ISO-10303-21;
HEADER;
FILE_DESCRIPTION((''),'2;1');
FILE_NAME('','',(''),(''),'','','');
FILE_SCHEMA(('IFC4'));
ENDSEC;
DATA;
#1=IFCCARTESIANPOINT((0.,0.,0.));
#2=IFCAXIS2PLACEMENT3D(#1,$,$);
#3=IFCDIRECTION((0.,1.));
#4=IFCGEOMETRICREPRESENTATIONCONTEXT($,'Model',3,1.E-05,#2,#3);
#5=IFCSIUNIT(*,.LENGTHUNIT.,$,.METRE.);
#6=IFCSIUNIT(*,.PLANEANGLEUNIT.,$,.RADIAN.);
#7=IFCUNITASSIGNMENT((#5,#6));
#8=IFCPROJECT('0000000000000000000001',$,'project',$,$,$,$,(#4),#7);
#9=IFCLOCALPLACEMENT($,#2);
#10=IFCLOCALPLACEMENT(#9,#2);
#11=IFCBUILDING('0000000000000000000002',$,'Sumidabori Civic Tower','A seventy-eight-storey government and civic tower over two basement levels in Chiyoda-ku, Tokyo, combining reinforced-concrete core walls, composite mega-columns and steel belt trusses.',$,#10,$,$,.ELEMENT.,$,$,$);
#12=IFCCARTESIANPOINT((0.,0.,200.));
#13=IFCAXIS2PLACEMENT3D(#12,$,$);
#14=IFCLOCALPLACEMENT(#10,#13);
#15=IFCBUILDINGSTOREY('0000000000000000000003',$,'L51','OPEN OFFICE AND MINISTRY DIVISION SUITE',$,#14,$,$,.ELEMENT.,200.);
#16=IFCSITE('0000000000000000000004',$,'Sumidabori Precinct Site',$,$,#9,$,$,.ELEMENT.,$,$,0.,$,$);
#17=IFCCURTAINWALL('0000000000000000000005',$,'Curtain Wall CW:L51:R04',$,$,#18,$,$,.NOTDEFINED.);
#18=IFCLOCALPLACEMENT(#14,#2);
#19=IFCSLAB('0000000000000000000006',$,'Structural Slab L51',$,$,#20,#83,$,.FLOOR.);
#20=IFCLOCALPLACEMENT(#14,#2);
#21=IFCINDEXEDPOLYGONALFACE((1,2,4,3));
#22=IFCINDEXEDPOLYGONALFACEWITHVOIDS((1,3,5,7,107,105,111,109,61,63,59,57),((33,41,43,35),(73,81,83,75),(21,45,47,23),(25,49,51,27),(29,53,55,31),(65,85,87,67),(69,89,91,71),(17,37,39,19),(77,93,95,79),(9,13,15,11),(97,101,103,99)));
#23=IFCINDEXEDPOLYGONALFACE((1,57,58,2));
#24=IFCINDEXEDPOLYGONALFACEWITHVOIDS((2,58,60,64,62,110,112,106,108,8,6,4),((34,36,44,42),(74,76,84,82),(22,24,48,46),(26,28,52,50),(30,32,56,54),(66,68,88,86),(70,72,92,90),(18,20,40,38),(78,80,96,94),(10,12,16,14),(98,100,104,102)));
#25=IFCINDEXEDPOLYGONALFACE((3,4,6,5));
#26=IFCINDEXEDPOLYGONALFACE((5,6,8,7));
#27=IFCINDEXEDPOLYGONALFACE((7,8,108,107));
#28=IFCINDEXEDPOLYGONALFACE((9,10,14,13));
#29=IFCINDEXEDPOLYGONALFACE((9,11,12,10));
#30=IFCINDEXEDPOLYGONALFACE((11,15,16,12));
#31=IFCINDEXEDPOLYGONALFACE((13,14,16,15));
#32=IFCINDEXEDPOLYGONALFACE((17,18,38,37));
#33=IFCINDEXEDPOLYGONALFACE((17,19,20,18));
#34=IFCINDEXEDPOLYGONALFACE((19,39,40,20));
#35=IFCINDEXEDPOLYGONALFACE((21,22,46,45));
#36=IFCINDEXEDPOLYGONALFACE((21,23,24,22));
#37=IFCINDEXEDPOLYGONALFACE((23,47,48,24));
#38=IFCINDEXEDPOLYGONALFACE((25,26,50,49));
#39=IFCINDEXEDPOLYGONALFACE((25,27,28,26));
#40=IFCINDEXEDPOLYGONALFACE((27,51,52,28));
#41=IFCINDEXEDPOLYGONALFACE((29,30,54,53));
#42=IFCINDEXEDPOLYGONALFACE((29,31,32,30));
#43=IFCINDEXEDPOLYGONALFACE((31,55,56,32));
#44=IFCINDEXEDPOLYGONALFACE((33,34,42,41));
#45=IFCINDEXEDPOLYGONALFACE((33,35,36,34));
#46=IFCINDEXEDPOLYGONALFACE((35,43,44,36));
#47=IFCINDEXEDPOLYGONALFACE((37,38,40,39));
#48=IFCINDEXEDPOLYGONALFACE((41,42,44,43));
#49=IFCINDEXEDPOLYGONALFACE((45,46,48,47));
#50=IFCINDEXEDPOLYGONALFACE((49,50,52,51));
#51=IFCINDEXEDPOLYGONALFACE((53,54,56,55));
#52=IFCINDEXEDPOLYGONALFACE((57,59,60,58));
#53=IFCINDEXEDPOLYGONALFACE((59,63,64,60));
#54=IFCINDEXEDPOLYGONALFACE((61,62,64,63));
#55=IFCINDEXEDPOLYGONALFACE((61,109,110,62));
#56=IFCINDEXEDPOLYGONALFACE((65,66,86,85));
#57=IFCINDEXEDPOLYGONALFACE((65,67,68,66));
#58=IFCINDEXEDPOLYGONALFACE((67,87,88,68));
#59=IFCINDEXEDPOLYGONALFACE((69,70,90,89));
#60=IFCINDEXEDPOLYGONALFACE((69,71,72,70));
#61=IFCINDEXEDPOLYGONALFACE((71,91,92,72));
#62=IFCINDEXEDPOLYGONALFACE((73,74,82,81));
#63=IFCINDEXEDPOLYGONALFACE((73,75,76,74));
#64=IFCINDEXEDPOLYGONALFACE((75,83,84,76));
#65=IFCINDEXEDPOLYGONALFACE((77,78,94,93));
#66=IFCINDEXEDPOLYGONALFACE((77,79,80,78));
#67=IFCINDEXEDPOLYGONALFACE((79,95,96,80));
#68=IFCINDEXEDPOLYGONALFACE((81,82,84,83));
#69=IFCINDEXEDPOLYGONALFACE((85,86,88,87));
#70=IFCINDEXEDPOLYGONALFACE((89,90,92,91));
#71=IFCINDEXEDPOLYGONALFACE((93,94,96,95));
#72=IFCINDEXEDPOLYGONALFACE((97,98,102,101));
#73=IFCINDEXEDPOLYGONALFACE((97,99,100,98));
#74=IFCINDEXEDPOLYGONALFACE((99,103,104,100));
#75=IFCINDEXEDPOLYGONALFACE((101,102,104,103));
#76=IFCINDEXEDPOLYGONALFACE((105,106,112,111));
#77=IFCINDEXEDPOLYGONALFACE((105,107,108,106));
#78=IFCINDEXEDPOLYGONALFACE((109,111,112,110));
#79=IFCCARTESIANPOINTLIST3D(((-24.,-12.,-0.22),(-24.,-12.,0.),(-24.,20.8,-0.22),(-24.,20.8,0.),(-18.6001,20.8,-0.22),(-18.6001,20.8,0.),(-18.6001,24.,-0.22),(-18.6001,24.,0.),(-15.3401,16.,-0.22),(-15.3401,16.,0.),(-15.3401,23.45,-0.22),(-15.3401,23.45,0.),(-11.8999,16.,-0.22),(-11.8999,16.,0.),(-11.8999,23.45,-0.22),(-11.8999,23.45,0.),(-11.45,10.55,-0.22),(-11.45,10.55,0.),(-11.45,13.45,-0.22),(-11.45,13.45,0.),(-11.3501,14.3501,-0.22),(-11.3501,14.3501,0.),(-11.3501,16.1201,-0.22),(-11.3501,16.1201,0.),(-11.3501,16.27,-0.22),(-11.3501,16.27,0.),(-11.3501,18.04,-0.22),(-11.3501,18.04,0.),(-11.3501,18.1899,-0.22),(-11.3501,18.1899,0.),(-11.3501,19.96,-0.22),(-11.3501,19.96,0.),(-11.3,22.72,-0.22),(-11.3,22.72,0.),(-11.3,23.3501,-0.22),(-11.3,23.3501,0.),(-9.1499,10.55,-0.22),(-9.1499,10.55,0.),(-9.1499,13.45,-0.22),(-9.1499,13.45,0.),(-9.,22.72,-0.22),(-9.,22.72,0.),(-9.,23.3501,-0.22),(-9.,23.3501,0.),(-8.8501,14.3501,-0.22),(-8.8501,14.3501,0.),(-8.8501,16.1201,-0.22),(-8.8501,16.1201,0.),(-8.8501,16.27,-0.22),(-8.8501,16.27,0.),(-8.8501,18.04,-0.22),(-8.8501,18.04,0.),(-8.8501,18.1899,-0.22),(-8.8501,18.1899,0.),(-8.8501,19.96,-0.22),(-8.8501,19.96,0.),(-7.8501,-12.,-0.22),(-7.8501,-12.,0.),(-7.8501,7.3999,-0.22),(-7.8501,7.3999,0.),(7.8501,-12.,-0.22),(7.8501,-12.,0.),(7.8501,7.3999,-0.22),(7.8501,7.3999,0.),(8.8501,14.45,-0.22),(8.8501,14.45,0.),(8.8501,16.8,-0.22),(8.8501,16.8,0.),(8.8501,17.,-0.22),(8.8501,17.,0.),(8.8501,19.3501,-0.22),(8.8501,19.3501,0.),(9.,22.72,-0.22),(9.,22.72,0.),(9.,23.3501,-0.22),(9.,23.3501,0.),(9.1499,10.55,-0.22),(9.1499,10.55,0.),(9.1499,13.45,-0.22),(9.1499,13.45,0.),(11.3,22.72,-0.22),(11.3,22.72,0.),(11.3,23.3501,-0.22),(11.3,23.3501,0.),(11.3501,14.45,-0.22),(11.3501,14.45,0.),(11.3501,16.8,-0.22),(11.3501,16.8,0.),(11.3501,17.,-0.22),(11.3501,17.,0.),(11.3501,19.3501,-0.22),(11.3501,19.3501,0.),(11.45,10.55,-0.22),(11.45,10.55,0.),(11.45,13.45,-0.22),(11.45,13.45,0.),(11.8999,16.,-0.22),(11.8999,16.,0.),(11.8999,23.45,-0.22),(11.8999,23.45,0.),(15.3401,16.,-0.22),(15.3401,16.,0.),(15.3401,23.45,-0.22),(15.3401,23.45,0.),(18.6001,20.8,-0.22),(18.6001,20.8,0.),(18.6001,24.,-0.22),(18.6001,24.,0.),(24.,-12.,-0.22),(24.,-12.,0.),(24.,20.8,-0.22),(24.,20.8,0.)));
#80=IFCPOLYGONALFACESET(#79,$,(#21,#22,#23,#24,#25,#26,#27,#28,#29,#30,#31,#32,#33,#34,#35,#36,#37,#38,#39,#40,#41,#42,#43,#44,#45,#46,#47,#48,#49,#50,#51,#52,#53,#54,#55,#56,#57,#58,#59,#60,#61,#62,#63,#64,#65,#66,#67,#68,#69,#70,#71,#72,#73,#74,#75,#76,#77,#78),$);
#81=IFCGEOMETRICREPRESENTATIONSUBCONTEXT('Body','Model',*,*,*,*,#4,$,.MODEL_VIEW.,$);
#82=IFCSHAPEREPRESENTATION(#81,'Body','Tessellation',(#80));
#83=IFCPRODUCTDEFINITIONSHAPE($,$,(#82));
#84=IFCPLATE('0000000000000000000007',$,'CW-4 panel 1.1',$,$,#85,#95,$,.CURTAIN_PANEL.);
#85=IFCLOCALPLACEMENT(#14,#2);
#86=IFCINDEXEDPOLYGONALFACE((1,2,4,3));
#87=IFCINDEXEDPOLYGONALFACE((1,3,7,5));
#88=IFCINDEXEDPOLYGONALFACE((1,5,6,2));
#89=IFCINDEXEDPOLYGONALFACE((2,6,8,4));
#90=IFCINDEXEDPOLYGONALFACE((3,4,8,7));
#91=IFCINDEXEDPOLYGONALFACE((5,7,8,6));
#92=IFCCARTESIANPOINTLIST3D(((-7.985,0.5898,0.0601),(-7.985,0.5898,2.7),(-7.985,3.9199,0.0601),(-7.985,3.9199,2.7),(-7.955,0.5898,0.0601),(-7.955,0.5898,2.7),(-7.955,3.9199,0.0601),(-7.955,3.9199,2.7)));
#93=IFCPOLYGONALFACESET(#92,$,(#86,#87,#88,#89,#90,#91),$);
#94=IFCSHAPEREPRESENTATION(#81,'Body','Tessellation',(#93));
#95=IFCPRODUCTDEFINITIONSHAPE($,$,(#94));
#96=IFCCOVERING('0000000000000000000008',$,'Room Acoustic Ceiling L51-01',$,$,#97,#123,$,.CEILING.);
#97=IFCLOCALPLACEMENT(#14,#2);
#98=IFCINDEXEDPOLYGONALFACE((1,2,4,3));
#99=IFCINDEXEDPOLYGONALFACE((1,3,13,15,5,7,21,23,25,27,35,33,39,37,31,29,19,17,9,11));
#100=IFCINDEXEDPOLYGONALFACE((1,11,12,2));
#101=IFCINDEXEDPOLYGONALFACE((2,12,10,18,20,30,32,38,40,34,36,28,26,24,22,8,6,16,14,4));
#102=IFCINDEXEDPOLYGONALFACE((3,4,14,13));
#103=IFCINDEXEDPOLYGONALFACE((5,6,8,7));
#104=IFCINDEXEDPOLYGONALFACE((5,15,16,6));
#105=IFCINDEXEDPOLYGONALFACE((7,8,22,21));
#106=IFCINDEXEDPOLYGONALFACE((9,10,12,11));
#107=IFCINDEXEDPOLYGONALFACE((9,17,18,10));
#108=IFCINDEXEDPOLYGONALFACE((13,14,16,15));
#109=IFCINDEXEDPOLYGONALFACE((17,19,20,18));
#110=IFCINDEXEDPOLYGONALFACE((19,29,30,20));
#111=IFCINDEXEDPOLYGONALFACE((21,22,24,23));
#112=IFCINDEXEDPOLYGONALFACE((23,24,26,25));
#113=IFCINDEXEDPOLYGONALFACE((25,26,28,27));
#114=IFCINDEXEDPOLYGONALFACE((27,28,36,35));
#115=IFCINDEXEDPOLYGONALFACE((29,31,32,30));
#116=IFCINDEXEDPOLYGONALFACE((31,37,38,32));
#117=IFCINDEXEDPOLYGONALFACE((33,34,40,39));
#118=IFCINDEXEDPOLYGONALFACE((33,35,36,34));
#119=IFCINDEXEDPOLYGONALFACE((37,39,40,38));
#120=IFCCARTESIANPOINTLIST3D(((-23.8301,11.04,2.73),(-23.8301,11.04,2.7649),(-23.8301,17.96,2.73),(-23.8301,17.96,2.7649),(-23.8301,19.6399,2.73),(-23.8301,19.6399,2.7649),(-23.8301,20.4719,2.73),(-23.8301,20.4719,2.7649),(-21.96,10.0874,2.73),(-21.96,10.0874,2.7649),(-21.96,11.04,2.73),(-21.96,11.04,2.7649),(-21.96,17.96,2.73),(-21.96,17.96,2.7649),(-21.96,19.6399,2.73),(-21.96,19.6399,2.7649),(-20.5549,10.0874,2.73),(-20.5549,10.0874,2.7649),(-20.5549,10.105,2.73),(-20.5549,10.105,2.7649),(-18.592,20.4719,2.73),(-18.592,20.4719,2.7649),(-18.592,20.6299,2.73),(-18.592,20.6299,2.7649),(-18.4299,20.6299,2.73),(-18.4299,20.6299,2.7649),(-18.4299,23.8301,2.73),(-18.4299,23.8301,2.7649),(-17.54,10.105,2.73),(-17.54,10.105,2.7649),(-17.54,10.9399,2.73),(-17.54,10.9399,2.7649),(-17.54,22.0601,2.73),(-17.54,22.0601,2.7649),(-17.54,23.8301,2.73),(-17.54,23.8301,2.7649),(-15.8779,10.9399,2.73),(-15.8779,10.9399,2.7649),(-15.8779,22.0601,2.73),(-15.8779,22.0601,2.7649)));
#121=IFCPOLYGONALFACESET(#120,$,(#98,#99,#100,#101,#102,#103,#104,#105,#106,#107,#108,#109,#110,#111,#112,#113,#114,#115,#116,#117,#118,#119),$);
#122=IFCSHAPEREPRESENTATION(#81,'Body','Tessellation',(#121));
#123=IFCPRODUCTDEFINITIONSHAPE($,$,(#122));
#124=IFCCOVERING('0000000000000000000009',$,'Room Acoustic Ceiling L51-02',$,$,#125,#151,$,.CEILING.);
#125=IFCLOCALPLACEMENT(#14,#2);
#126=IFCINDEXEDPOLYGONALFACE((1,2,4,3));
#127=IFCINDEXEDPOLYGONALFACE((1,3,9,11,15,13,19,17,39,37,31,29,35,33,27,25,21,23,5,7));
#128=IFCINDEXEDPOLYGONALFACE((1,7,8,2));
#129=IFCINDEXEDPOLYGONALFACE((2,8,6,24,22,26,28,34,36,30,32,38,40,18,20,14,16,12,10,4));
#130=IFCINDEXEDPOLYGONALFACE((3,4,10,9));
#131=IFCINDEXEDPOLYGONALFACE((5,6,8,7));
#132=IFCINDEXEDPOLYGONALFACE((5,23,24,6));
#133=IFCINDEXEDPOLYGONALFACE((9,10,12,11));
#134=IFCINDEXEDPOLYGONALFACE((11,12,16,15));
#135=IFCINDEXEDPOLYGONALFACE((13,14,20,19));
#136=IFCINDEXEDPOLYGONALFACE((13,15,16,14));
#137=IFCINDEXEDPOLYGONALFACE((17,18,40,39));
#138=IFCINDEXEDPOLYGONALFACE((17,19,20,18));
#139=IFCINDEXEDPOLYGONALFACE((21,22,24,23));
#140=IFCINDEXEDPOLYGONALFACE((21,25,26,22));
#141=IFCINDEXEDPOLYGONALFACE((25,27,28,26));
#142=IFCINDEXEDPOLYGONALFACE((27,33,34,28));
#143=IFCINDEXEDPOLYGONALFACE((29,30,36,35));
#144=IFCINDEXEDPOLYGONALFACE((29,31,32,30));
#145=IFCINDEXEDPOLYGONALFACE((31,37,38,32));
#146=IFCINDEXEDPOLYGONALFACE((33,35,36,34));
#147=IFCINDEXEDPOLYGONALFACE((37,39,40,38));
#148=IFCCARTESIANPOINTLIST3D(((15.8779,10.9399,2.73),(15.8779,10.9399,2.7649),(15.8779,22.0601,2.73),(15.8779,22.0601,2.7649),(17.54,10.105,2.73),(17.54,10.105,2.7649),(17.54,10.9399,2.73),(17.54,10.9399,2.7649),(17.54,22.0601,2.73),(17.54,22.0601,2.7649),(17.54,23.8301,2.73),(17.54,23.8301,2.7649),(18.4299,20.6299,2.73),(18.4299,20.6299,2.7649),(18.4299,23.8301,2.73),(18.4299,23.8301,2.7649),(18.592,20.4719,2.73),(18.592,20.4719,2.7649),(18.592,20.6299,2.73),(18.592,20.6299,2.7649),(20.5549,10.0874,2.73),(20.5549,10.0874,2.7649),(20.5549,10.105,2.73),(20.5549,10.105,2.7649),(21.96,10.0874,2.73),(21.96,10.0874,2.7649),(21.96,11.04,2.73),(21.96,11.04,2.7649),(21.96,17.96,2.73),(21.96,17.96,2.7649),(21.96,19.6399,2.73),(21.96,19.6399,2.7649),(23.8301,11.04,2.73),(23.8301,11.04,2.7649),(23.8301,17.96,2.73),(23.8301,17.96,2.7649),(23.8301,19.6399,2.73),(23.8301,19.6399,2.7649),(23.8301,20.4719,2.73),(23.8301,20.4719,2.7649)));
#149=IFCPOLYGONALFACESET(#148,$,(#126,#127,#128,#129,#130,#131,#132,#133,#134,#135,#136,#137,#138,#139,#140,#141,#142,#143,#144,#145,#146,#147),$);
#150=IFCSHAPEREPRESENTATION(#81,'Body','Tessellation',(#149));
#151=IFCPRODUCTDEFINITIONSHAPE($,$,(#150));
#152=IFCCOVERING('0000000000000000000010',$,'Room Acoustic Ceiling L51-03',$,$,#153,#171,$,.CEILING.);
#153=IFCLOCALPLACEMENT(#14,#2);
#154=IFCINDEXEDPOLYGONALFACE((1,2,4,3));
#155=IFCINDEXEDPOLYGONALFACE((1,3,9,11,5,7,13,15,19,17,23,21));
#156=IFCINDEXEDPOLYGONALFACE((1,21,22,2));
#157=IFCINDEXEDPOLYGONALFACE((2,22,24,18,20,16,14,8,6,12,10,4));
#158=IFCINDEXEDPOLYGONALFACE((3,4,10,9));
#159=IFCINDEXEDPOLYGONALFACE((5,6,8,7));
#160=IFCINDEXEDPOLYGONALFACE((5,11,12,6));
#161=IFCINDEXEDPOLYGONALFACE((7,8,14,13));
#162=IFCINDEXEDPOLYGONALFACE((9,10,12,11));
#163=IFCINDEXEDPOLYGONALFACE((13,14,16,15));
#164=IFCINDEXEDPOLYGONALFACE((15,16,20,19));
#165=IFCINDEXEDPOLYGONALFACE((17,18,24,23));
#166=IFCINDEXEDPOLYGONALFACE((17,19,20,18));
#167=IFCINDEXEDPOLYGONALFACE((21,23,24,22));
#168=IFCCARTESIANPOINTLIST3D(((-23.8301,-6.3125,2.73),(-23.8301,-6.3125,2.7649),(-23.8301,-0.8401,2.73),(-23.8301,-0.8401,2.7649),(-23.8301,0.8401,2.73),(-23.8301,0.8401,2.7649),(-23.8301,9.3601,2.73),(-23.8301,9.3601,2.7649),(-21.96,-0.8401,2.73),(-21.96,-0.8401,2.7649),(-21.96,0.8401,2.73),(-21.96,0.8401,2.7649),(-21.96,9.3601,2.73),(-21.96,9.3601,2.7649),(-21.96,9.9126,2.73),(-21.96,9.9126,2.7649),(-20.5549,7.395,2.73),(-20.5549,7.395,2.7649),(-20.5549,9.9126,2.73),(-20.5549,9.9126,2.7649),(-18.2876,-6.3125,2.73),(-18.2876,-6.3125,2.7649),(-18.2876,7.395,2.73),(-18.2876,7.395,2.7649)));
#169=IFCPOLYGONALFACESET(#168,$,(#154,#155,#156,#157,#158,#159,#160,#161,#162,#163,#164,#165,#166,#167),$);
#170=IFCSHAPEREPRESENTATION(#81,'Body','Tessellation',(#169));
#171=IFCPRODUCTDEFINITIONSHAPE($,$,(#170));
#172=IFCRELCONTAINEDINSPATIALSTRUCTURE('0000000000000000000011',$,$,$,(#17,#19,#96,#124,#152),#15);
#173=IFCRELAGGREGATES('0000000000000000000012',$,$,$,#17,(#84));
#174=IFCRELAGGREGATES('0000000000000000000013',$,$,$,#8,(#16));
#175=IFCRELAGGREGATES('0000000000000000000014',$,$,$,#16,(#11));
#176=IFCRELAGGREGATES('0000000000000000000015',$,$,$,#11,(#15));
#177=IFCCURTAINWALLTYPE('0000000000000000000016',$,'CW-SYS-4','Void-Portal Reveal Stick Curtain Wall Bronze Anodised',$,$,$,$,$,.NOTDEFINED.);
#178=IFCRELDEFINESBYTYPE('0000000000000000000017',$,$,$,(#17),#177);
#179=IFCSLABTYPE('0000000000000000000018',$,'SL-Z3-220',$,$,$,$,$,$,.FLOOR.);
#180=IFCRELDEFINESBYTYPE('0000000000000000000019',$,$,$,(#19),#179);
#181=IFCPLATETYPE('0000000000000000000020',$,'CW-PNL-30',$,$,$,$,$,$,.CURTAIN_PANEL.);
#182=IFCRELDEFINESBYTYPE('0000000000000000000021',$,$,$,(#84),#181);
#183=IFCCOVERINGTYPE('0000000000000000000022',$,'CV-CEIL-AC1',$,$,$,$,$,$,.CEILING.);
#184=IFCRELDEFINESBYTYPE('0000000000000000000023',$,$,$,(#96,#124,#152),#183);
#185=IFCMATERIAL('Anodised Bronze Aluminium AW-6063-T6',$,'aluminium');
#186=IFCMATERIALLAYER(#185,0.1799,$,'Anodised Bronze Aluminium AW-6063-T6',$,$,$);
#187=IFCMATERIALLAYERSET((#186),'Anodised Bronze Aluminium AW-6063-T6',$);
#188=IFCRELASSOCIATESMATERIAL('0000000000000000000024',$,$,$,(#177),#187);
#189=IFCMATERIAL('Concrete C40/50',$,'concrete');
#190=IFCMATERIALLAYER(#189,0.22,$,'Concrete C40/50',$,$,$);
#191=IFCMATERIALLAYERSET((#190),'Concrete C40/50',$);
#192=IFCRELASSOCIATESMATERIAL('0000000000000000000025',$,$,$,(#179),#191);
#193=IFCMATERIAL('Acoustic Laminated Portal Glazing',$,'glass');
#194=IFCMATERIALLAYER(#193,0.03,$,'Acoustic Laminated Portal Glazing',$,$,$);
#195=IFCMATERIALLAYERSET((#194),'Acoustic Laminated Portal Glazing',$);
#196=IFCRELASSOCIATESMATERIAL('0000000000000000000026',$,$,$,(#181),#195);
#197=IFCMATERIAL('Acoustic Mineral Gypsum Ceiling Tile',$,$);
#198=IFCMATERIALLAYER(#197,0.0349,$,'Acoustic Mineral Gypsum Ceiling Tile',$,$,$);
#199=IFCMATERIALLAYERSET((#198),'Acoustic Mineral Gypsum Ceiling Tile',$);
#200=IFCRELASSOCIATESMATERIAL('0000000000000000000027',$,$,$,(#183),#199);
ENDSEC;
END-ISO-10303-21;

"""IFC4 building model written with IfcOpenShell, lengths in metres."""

from ifc_helpers import new_model, si_unit, direction, frame, origin, origin_2d, place, context, subcontext, project, spatial, polyline, rectangle, outline, extrude, source, transform, mapped, material, layer, layer_set, type_object, element, aggregate, save


model = new_model("IFC4")

# Units and contexts
model_context = context("Model", 3, precision=1e-05, world=origin(), true_north=direction((0.0, 1.0)))
body_context = subcontext(model_context, "Body", "Model", "MODEL_VIEW")
ifc_project = project(units=[si_unit("LENGTHUNIT", "METRE"), si_unit("PLANEANGLEUNIT", "RADIAN")], contexts=[model_context])

# Site, building, storey
site_placement = place(None, origin())
site = spatial("IfcSite", under=ifc_project, at=site_placement, Name="Sumidabori Precinct Site", CompositionType="ELEMENT", RefElevation=0.0)
building_placement = place(site_placement, origin())
building = spatial("IfcBuilding", under=site, at=building_placement, Name="Sumidabori Civic Tower", Description="A seventy-eight-storey government and civic tower over two basement levels in Chiyoda-ku, Tokyo, combining reinforced-concrete core walls, composite mega-columns and steel belt trusses.", CompositionType="ELEMENT")
storey_placement = place(building_placement, frame((0.0, 0.0, 200.0)))
storey = spatial("IfcBuildingStorey", under=building, at=storey_placement, Name="L51", Description="OPEN OFFICE AND MINISTRY DIVISION SUITE", CompositionType="ELEMENT", Elevation=200.0)

# Shared definitions
ifc_material_1 = material(Name="Anodised Bronze Aluminium AW-6063-T6", Category="aluminium")
ifc_layer_1 = layer(ifc_material_1, 0.1799, Name="Anodised Bronze Aluminium AW-6063-T6")
ifc_layer_set_1 = layer_set([ifc_layer_1], Name="Anodised Bronze Aluminium AW-6063-T6")
curtain_wall_type = type_object("IfcCurtainWallType", Name="CW-SYS-4", Description="Void-Portal Reveal Stick Curtain Wall Bronze Anodised", PredefinedType="NOTDEFINED", material=ifc_layer_set_1)

# Curtain wall
curtain_wall_1_placement = place(storey_placement, origin())
curtain_wall_1 = element("IfcCurtainWall", 1, at=curtain_wall_1_placement, inside=storey, type_object=curtain_wall_type, Name="Curtain Wall CW:L51:R04", PredefinedType="NOTDEFINED")

# Shared definitions
ifc_material_2 = material(Name="Concrete C40/50", Category="concrete")

# Slab
ifc_layer_2 = layer(ifc_material_2, 0.22, Name="Concrete C40/50")
ifc_layer_set_2 = layer_set([ifc_layer_2], Name="Concrete C40/50")
slab_type_1 = type_object("IfcSlabType", Name="SL-Z3-220", PredefinedType="FLOOR", material=ifc_layer_set_2)
slab_1_placement = place(storey_placement, frame((0.0, 0.0, -0.22)))
element("IfcSlab", 2, at=slab_1_placement, inside=storey, type_object=slab_type_1, Name="Structural Slab L51", PredefinedType="FLOOR", context=body_context, shape_type="SweptSolid", body=[
    extrude(outline(polyline([(-24.0, -12.0), (-7.8501, -12.0), (-7.8501, 7.3999), (7.8501, 7.3999), (7.8501, -12.0), (24.0, -12.0), (24.0, 20.8), (18.6001, 20.8), (18.6001, 24.0), (-18.6001, 24.0), (-18.6001, 20.8), (-24.0, 20.8), (-24.0, -12.0)]), holes=[polyline([(-11.8999, 16.0), (-11.8999, 23.45), (-15.3401, 23.45), (-15.3401, 16.0), (-11.8999, 16.0)]), polyline([(15.3401, 16.0), (15.3401, 23.45), (11.8999, 23.45), (11.8999, 16.0), (15.3401, 16.0)]), polyline([(-11.45, 10.55), (-9.1499, 10.55), (-9.1499, 13.45), (-11.45, 13.45), (-11.45, 10.55)]), polyline([(9.1499, 10.55), (11.45, 10.55), (11.45, 13.45), (9.1499, 13.45), (9.1499, 10.55)]), polyline([(-11.3501, 14.3501), (-8.8501, 14.3501), (-8.8501, 16.1201), (-11.3501, 16.1201), (-11.3501, 14.3501)]), polyline([(-11.3501, 16.27), (-8.8501, 16.27), (-8.8501, 18.04), (-11.3501, 18.04), (-11.3501, 16.27)]), polyline([(-11.3501, 18.1899), (-8.8501, 18.1899), (-8.8501, 19.96), (-11.3501, 19.96), (-11.3501, 18.1899)]), polyline([(8.8501, 14.45), (11.3501, 14.45), (11.3501, 16.8), (8.8501, 16.8), (8.8501, 14.45)]), polyline([(8.8501, 17.0), (11.3501, 17.0), (11.3501, 19.3501), (8.8501, 19.3501), (8.8501, 17.0)]), polyline([(-11.3, 22.72), (-9.0, 22.72), (-9.0, 23.3501), (-11.3, 23.3501), (-11.3, 22.72)]), polyline([(9.0, 22.72), (11.3, 22.72), (11.3, 23.3501), (9.0, 23.3501), (9.0, 22.72)])]), origin(), (0.0, 0.0, 1.0), 0.22),
])

# Plate
ifc_material_3 = material(Name="Acoustic Laminated Portal Glazing", Category="glass")
ifc_layer_3 = layer(ifc_material_3, 0.03, Name="Acoustic Laminated Portal Glazing")
ifc_layer_set_3 = layer_set([ifc_layer_3], Name="Acoustic Laminated Portal Glazing")
plate_type = type_object("IfcPlateType", Name="CW-PNL-30", PredefinedType="CURTAIN_PANEL", material=ifc_layer_set_3)
shared_shape_1 = source(origin(), body_context, "Body", "SweptSolid", [
    extrude(rectangle(XDim=3.3301, YDim=0.03, at=origin_2d()), origin(), (0.0, 0.0, 1.0), 2.6399),
])
plate_placement = place(storey_placement, frame((-7.97, 2.2549, 0.0601), z_axis=(0.0, 0.0, 1.0), x_axis=(0.0, 1.0, 0.0)))
plate = element("IfcPlate", 3, at=plate_placement, type_object=plate_type, Name="CW-4 panel 1.1", PredefinedType="CURTAIN_PANEL", context=body_context, shape_type="MappedRepresentation", body=[
    mapped(shared_shape_1, transform((0.0, 0.0, 0.0), x_axis=(1.0, 0.0, 0.0), y_axis=(0.0, 1.0, 0.0), z_axis=(0.0, 0.0, 1.0), scale=1.0)),
])
aggregate(curtain_wall_1, [plate])

# Coverings
ifc_material_4 = material(Name="Acoustic Mineral Gypsum Ceiling Tile")
ifc_layer_4 = layer(ifc_material_4, 0.0349, Name="Acoustic Mineral Gypsum Ceiling Tile")
ifc_layer_set_4 = layer_set([ifc_layer_4], Name="Acoustic Mineral Gypsum Ceiling Tile")
covering_type_1 = type_object("IfcCoveringType", Name="CV-CEIL-AC1", PredefinedType="CEILING", material=ifc_layer_set_4)
covering_1_placement = place(storey_placement, frame((0.0, 0.0, 2.73)))
element("IfcCovering", 4, at=covering_1_placement, inside=storey, type_object=covering_type_1, Name="Room Acoustic Ceiling L51-01", PredefinedType="CEILING", context=body_context, shape_type="SweptSolid", body=[
    extrude(outline(polyline([(-23.8301, 17.96), (-21.96, 17.96), (-21.96, 19.6399), (-23.8301, 19.6399), (-23.8301, 20.4719), (-18.592, 20.4719), (-18.592, 20.6299), (-18.4299, 20.6299), (-18.4299, 23.8301), (-17.54, 23.8301), (-17.54, 22.0601), (-15.8779, 22.0601), (-15.8779, 10.9399), (-17.54, 10.9399), (-17.54, 10.105), (-20.5549, 10.105), (-20.5549, 10.0874), (-21.96, 10.0874), (-21.96, 11.04), (-23.8301, 11.04), (-23.8301, 17.96)])), origin(), (0.0, 0.0, 1.0), 0.0349),
])
covering_2_placement = place(storey_placement, frame((0.0, 0.0, 2.73)))
element("IfcCovering", 5, at=covering_2_placement, inside=storey, type_object=covering_type_1, Name="Room Acoustic Ceiling L51-02", PredefinedType="CEILING", context=body_context, shape_type="SweptSolid", body=[
    extrude(outline(polyline([(20.5549, 10.105), (17.54, 10.105), (17.54, 10.9399), (15.8779, 10.9399), (15.8779, 22.0601), (17.54, 22.0601), (17.54, 23.8301), (18.4299, 23.8301), (18.4299, 20.6299), (18.592, 20.6299), (18.592, 20.4719), (23.8301, 20.4719), (23.8301, 19.6399), (21.96, 19.6399), (21.96, 17.96), (23.8301, 17.96), (23.8301, 11.04), (21.96, 11.04), (21.96, 10.0874), (20.5549, 10.0874), (20.5549, 10.105)])), origin(), (0.0, 0.0, 1.0), 0.0349),
])
covering_3_placement = place(storey_placement, frame((0.0, 0.0, 2.73)))
element("IfcCovering", 6, at=covering_3_placement, inside=storey, type_object=covering_type_1, Name="Room Acoustic Ceiling L51-03", PredefinedType="CEILING", context=body_context, shape_type="SweptSolid", body=[
    extrude(outline(polyline([(-23.8301, -6.3125), (-23.8301, -0.8401), (-21.96, -0.8401), (-21.96, 0.8401), (-23.8301, 0.8401), (-23.8301, 9.3601), (-21.96, 9.3601), (-21.96, 9.9126), (-20.5549, 9.9126), (-20.5549, 7.395), (-18.2876, 7.395), (-18.2876, -6.3125), (-23.8301, -6.3125)])), origin(), (0.0, 0.0, 1.0), 0.0349),
])

save(model, "model.ifc")
